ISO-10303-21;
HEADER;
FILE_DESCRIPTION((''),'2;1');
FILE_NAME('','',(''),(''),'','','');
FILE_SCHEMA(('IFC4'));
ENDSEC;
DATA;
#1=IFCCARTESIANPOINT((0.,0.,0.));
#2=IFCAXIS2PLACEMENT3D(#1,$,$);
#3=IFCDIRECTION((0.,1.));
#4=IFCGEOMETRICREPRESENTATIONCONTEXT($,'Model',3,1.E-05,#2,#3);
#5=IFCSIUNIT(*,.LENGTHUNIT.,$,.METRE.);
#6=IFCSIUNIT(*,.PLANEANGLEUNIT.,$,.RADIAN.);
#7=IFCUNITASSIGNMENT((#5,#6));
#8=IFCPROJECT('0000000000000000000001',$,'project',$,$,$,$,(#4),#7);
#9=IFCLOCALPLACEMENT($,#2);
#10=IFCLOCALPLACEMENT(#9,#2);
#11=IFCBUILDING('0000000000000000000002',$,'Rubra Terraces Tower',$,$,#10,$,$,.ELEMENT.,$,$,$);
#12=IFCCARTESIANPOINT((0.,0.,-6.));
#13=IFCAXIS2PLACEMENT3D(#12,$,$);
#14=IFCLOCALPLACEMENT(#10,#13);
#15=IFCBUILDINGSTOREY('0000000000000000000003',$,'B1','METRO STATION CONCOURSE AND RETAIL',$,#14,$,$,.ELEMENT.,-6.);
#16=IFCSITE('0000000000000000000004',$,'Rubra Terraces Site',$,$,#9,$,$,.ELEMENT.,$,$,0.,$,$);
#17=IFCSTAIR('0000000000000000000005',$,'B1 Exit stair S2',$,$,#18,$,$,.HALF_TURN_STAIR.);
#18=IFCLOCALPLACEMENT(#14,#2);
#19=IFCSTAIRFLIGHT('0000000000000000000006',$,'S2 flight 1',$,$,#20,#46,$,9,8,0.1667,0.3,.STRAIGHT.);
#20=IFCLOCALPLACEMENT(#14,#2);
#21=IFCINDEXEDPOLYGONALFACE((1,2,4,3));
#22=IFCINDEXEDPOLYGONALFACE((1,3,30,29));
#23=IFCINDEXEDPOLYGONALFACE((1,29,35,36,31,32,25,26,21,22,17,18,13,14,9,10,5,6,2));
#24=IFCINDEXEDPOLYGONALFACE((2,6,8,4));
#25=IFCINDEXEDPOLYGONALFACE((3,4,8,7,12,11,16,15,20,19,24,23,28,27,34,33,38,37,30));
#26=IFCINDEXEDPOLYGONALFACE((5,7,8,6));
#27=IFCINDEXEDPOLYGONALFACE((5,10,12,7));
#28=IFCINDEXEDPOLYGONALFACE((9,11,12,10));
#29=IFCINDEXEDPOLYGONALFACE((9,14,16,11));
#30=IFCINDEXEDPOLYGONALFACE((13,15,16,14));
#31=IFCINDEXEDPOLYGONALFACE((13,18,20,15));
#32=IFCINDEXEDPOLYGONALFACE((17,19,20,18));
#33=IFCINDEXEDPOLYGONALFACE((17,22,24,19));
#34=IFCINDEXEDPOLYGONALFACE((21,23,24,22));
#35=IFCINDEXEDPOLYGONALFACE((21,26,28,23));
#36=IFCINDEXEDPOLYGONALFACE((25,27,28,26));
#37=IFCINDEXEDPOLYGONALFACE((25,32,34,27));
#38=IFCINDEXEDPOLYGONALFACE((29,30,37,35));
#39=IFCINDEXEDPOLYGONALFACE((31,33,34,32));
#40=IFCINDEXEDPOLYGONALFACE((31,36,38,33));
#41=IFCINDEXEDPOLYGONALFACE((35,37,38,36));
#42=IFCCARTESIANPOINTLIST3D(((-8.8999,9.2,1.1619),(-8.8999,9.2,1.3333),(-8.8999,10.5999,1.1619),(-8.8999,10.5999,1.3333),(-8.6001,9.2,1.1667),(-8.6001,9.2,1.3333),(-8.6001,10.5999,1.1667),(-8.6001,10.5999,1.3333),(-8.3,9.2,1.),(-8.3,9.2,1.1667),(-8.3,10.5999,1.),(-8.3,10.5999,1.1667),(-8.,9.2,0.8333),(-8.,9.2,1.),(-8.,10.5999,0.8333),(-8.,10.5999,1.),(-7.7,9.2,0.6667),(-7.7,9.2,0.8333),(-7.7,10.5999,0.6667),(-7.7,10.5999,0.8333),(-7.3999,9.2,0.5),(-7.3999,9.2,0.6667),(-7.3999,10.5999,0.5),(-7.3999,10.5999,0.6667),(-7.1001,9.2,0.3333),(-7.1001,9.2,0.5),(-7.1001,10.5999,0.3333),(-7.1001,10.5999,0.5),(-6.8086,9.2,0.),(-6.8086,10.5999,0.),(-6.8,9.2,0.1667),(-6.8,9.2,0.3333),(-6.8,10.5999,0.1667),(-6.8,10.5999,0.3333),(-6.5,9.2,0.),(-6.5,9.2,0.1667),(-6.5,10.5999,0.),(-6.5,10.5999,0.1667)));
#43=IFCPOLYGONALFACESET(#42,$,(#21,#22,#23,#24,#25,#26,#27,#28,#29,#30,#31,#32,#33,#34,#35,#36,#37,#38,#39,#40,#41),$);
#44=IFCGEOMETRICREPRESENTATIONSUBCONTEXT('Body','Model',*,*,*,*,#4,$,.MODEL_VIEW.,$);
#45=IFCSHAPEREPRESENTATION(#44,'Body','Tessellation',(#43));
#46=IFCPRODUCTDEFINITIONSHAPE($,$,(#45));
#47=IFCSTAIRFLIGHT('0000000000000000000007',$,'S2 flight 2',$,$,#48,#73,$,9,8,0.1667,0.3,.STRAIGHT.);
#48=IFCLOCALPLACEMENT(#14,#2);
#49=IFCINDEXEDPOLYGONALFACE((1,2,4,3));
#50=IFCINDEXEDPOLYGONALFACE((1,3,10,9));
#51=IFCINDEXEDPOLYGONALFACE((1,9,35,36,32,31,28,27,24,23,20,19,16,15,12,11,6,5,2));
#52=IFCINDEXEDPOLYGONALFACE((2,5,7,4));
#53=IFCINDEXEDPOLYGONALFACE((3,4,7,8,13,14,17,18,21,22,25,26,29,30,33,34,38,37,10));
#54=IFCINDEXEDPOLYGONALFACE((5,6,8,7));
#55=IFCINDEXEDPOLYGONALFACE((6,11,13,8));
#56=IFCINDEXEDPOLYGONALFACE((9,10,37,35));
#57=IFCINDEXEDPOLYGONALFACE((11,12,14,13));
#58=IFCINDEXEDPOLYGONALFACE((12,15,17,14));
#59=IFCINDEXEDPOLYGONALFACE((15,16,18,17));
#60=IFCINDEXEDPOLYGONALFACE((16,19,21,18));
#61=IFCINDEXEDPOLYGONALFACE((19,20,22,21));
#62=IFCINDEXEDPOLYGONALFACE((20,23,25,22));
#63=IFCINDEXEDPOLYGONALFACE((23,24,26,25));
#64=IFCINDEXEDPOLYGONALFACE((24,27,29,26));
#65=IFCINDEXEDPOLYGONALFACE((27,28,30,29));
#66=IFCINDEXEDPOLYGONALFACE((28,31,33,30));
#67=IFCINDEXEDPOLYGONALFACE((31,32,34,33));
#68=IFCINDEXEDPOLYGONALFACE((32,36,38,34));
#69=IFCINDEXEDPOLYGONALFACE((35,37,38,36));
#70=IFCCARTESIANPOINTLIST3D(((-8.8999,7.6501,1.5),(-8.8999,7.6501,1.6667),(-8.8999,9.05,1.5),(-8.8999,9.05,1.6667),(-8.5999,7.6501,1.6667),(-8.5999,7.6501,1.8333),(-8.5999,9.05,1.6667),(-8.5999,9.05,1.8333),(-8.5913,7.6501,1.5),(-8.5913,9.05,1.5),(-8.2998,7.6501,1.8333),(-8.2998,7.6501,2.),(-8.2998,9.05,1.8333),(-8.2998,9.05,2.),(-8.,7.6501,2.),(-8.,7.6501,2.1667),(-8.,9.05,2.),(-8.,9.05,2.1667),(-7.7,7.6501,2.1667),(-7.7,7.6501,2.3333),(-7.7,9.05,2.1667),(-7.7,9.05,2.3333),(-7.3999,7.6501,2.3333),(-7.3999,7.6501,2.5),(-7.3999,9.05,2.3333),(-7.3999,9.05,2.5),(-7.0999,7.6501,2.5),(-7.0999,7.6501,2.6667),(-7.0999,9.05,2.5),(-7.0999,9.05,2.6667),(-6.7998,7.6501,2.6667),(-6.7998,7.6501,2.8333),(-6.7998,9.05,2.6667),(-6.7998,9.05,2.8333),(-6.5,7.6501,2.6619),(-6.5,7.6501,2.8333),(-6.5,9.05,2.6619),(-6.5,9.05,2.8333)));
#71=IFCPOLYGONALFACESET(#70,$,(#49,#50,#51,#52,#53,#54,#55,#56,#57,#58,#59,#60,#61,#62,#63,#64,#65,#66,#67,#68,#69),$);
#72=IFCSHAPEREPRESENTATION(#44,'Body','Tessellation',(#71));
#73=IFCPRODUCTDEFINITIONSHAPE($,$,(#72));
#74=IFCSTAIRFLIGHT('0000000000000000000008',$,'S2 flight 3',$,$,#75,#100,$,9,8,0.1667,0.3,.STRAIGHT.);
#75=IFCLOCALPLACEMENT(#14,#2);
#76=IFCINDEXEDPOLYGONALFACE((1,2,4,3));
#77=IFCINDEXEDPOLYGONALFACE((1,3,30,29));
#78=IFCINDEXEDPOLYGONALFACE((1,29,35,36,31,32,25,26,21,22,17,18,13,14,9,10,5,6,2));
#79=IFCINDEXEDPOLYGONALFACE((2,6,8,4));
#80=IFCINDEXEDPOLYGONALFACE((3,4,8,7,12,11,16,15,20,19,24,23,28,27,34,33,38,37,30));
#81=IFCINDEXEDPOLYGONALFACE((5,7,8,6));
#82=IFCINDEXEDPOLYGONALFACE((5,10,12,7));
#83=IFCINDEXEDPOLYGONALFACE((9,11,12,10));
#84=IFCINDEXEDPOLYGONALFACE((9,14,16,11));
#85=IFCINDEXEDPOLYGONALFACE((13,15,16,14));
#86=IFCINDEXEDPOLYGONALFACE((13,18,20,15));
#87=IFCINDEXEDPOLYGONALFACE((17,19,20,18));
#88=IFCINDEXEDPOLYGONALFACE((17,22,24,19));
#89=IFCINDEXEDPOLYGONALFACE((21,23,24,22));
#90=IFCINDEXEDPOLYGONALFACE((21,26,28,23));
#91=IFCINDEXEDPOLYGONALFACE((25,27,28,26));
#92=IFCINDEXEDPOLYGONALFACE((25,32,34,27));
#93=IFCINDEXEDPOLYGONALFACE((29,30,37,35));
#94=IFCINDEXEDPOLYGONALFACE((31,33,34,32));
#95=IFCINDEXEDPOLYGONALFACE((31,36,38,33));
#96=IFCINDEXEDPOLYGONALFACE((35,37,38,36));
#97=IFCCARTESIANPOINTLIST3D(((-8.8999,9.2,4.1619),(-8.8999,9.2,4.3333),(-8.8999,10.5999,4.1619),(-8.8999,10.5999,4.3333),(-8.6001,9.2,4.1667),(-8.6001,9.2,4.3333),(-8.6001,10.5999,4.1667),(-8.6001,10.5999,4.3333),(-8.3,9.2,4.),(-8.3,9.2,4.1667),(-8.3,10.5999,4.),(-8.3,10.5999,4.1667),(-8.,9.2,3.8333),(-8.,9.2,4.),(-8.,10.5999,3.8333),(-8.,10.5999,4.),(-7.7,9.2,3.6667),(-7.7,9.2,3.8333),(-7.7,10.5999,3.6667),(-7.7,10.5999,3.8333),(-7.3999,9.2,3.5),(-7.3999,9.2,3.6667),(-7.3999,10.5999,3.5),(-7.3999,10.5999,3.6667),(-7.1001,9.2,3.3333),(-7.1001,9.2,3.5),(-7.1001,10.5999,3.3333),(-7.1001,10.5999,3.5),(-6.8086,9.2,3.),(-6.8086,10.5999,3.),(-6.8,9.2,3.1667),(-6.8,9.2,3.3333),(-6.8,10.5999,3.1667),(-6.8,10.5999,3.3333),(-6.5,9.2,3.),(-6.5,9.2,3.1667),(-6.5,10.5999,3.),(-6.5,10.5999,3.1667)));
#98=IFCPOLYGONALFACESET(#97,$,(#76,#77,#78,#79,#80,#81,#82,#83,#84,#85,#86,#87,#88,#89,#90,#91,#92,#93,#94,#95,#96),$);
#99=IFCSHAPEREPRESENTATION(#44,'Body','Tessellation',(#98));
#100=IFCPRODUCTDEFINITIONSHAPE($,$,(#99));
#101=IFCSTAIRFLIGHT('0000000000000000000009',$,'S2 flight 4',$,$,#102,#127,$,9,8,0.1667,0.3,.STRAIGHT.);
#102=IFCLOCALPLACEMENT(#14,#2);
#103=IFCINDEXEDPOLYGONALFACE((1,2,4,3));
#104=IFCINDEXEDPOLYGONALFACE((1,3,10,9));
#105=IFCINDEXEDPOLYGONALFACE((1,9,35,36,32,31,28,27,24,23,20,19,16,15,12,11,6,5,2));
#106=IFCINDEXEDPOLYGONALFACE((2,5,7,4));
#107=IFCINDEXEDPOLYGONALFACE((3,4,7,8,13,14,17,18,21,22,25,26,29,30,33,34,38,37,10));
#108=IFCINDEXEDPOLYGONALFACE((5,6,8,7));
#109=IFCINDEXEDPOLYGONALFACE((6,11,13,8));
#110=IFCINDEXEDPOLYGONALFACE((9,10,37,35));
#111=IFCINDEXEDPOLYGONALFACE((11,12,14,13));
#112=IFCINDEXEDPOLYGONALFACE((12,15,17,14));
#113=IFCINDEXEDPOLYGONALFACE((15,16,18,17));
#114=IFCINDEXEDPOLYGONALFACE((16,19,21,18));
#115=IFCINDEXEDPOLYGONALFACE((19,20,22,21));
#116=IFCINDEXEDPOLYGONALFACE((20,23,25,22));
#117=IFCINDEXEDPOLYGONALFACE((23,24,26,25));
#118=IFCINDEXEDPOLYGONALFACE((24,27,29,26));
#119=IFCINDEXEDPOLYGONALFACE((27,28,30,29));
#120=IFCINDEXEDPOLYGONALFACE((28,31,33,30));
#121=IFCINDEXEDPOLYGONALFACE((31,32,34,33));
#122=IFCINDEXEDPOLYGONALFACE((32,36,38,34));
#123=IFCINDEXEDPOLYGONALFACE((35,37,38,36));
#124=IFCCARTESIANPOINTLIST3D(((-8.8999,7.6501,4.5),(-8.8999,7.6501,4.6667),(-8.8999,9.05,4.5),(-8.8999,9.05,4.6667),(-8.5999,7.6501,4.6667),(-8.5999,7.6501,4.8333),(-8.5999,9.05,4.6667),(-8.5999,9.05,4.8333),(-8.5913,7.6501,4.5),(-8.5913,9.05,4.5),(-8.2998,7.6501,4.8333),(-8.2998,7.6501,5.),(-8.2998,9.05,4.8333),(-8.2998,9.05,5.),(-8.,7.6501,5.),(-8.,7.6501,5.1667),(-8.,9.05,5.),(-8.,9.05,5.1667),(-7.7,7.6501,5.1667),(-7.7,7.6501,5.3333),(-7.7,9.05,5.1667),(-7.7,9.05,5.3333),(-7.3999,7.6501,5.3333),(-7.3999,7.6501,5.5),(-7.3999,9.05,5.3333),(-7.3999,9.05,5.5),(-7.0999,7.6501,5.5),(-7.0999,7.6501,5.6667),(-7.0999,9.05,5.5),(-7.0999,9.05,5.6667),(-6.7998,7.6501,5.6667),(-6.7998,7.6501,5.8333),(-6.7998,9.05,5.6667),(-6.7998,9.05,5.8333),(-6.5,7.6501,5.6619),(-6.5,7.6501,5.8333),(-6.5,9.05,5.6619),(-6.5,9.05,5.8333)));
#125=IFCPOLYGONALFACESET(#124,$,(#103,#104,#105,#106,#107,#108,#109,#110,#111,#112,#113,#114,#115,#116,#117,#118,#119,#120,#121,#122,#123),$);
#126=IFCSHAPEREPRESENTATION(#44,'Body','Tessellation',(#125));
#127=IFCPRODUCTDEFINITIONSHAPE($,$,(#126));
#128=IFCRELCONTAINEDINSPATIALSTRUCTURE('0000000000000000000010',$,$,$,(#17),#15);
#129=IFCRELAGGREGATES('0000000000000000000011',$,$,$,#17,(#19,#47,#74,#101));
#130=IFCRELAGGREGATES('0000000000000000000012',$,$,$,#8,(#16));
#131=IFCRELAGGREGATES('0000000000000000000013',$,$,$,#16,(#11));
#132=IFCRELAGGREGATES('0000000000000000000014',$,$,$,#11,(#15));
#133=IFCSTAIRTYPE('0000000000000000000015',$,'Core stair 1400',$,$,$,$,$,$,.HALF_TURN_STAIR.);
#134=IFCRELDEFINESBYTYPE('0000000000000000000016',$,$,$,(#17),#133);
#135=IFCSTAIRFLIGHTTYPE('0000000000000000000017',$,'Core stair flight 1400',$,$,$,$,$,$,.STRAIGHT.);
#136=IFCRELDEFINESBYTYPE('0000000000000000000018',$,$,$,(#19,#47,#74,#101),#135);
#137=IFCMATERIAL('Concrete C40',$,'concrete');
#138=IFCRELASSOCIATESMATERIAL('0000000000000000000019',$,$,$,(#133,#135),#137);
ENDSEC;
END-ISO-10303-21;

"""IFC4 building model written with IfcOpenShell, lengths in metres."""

from ifc_helpers import new_model, si_unit, direction, frame, origin, place, context, subcontext, project, spatial, polyline, outline, extrude, material, type_object, element, aggregate, save


model = new_model("IFC4")

# Units and contexts
model_context = context("Model", 3, precision=1e-05, world=origin(), true_north=direction((0.0, 1.0)))
body_context = subcontext(model_context, "Body", "Model", "MODEL_VIEW")
ifc_project = project(units=[si_unit("LENGTHUNIT", "METRE"), si_unit("PLANEANGLEUNIT", "RADIAN")], contexts=[model_context])

# Site, building, storey
site_placement = place(None, origin())
site = spatial("IfcSite", under=ifc_project, at=site_placement, Name="Rubra Terraces Site", CompositionType="ELEMENT", RefElevation=0.0)
building_placement = place(site_placement, origin())
building = spatial("IfcBuilding", under=site, at=building_placement, Name="Rubra Terraces Tower", CompositionType="ELEMENT")
storey_placement = place(building_placement, frame((0.0, 0.0, -6.0)))
storey = spatial("IfcBuildingStorey", under=building, at=storey_placement, Name="B1", Description="METRO STATION CONCOURSE AND RETAIL", CompositionType="ELEMENT", Elevation=-6.0)

# Shared definitions
ifc_material_1 = material(Name="Concrete C40", Category="concrete")
stair_type = type_object("IfcStairType", Name="Core stair 1400", PredefinedType="HALF_TURN_STAIR", material=ifc_material_1)
stair_flight_type = type_object("IfcStairFlightType", Name="Core stair flight 1400", PredefinedType="STRAIGHT", material=ifc_material_1)

# Stair, stair flights
stair_1_placement = place(storey_placement, origin())
stair_1 = element("IfcStair", 1, at=stair_1_placement, inside=storey, type_object=stair_type, Name="B1 Exit stair S2", PredefinedType="HALF_TURN_STAIR")
stair_flight_1_placement = place(storey_placement, frame((-6.5, 9.8999, 0.0), z_axis=(0.0, 0.0, 1.0), x_axis=(-1.0, 0.0, 0.0)))
stair_flight_1 = element("IfcStairFlight", 2, at=stair_flight_1_placement, type_object=stair_flight_type, Name="S2 flight 1", NumberOfRisers=9, NumberOfTreads=8, PredefinedType="STRAIGHT", RiserHeight=0.1667, TreadLength=0.3, context=body_context, shape_type="SweptSolid", body=[
    extrude(outline(polyline([(0.0, 0.0), (0.0, 0.1667), (0.3, 0.1667), (0.3, 0.3333), (0.6001, 0.3333), (0.6001, 0.5), (0.8999, 0.5), (0.8999, 0.6667), (1.2, 0.6667), (1.2, 0.8333), (1.5, 0.8333), (1.5, 1.0), (1.8, 1.0), (1.8, 1.1667), (2.1001, 1.1667), (2.1001, 1.3333), (2.3999, 1.3333), (2.3999, 1.5), (2.3999, 1.1619), (0.3086, 0.0), (0.0, 0.0)])), frame((0.0, 0.7, 0.0), z_axis=(0.0, -1.0, 0.0), x_axis=(1.0, 0.0, 0.0)), (0.0, 0.0, 1.0), 1.3999),
])
stair_flight_2_placement = place(storey_placement, frame((-8.8999, 8.3501, 1.5), z_axis=(0.0, 0.0, 1.0), x_axis=(1.0, 0.0, 0.0)))
stair_flight_2 = element("IfcStairFlight", 3, at=stair_flight_2_placement, type_object=stair_flight_type, Name="S2 flight 2", NumberOfRisers=9, NumberOfTreads=8, PredefinedType="STRAIGHT", RiserHeight=0.1667, TreadLength=0.3, context=body_context, shape_type="SweptSolid", body=[
    extrude(outline(polyline([(0.0, 0.0), (0.0, 0.1667), (0.3, 0.1667), (0.3, 0.3333), (0.6001, 0.3333), (0.6001, 0.5), (0.8999, 0.5), (0.8999, 0.6667), (1.2, 0.6667), (1.2, 0.8333), (1.5, 0.8333), (1.5, 1.0), (1.8, 1.0), (1.8, 1.1667), (2.1001, 1.1667), (2.1001, 1.3333), (2.3999, 1.3333), (2.3999, 1.5), (2.3999, 1.1619), (0.3086, 0.0), (0.0, 0.0)])), frame((0.0, 0.7, 0.0), z_axis=(0.0, -1.0, 0.0), x_axis=(1.0, 0.0, 0.0)), (0.0, 0.0, 1.0), 1.3999),
])
stair_flight_3_placement = place(storey_placement, frame((-6.5, 9.8999, 3.0), z_axis=(0.0, 0.0, 1.0), x_axis=(-1.0, 0.0, 0.0)))
stair_flight_3 = element("IfcStairFlight", 4, at=stair_flight_3_placement, type_object=stair_flight_type, Name="S2 flight 3", NumberOfRisers=9, NumberOfTreads=8, PredefinedType="STRAIGHT", RiserHeight=0.1667, TreadLength=0.3, context=body_context, shape_type="SweptSolid", body=[
    extrude(outline(polyline([(0.0, 0.0), (0.0, 0.1667), (0.3, 0.1667), (0.3, 0.3333), (0.6001, 0.3333), (0.6001, 0.5), (0.8999, 0.5), (0.8999, 0.6667), (1.2, 0.6667), (1.2, 0.8333), (1.5, 0.8333), (1.5, 1.0), (1.8, 1.0), (1.8, 1.1667), (2.1001, 1.1667), (2.1001, 1.3333), (2.3999, 1.3333), (2.3999, 1.5), (2.3999, 1.1619), (0.3086, 0.0), (0.0, 0.0)])), frame((0.0, 0.7, 0.0), z_axis=(0.0, -1.0, 0.0), x_axis=(1.0, 0.0, 0.0)), (0.0, 0.0, 1.0), 1.3999),
])
stair_flight_4_placement = place(storey_placement, frame((-8.8999, 8.3501, 4.5), z_axis=(0.0, 0.0, 1.0), x_axis=(1.0, 0.0, 0.0)))
stair_flight_4 = element("IfcStairFlight", 5, at=stair_flight_4_placement, type_object=stair_flight_type, Name="S2 flight 4", NumberOfRisers=9, NumberOfTreads=8, PredefinedType="STRAIGHT", RiserHeight=0.1667, TreadLength=0.3, context=body_context, shape_type="SweptSolid", body=[
    extrude(outline(polyline([(0.0, 0.0), (0.0, 0.1667), (0.3, 0.1667), (0.3, 0.3333), (0.6001, 0.3333), (0.6001, 0.5), (0.8999, 0.5), (0.8999, 0.6667), (1.2, 0.6667), (1.2, 0.8333), (1.5, 0.8333), (1.5, 1.0), (1.8, 1.0), (1.8, 1.1667), (2.1001, 1.1667), (2.1001, 1.3333), (2.3999, 1.3333), (2.3999, 1.5), (2.3999, 1.1619), (0.3086, 0.0), (0.0, 0.0)])), frame((0.0, 0.7, 0.0), z_axis=(0.0, -1.0, 0.0), x_axis=(1.0, 0.0, 0.0)), (0.0, 0.0, 1.0), 1.3999),
])
aggregate(stair_1, [stair_flight_1, stair_flight_2, stair_flight_3, stair_flight_4])

save(model, "model.ifc")
